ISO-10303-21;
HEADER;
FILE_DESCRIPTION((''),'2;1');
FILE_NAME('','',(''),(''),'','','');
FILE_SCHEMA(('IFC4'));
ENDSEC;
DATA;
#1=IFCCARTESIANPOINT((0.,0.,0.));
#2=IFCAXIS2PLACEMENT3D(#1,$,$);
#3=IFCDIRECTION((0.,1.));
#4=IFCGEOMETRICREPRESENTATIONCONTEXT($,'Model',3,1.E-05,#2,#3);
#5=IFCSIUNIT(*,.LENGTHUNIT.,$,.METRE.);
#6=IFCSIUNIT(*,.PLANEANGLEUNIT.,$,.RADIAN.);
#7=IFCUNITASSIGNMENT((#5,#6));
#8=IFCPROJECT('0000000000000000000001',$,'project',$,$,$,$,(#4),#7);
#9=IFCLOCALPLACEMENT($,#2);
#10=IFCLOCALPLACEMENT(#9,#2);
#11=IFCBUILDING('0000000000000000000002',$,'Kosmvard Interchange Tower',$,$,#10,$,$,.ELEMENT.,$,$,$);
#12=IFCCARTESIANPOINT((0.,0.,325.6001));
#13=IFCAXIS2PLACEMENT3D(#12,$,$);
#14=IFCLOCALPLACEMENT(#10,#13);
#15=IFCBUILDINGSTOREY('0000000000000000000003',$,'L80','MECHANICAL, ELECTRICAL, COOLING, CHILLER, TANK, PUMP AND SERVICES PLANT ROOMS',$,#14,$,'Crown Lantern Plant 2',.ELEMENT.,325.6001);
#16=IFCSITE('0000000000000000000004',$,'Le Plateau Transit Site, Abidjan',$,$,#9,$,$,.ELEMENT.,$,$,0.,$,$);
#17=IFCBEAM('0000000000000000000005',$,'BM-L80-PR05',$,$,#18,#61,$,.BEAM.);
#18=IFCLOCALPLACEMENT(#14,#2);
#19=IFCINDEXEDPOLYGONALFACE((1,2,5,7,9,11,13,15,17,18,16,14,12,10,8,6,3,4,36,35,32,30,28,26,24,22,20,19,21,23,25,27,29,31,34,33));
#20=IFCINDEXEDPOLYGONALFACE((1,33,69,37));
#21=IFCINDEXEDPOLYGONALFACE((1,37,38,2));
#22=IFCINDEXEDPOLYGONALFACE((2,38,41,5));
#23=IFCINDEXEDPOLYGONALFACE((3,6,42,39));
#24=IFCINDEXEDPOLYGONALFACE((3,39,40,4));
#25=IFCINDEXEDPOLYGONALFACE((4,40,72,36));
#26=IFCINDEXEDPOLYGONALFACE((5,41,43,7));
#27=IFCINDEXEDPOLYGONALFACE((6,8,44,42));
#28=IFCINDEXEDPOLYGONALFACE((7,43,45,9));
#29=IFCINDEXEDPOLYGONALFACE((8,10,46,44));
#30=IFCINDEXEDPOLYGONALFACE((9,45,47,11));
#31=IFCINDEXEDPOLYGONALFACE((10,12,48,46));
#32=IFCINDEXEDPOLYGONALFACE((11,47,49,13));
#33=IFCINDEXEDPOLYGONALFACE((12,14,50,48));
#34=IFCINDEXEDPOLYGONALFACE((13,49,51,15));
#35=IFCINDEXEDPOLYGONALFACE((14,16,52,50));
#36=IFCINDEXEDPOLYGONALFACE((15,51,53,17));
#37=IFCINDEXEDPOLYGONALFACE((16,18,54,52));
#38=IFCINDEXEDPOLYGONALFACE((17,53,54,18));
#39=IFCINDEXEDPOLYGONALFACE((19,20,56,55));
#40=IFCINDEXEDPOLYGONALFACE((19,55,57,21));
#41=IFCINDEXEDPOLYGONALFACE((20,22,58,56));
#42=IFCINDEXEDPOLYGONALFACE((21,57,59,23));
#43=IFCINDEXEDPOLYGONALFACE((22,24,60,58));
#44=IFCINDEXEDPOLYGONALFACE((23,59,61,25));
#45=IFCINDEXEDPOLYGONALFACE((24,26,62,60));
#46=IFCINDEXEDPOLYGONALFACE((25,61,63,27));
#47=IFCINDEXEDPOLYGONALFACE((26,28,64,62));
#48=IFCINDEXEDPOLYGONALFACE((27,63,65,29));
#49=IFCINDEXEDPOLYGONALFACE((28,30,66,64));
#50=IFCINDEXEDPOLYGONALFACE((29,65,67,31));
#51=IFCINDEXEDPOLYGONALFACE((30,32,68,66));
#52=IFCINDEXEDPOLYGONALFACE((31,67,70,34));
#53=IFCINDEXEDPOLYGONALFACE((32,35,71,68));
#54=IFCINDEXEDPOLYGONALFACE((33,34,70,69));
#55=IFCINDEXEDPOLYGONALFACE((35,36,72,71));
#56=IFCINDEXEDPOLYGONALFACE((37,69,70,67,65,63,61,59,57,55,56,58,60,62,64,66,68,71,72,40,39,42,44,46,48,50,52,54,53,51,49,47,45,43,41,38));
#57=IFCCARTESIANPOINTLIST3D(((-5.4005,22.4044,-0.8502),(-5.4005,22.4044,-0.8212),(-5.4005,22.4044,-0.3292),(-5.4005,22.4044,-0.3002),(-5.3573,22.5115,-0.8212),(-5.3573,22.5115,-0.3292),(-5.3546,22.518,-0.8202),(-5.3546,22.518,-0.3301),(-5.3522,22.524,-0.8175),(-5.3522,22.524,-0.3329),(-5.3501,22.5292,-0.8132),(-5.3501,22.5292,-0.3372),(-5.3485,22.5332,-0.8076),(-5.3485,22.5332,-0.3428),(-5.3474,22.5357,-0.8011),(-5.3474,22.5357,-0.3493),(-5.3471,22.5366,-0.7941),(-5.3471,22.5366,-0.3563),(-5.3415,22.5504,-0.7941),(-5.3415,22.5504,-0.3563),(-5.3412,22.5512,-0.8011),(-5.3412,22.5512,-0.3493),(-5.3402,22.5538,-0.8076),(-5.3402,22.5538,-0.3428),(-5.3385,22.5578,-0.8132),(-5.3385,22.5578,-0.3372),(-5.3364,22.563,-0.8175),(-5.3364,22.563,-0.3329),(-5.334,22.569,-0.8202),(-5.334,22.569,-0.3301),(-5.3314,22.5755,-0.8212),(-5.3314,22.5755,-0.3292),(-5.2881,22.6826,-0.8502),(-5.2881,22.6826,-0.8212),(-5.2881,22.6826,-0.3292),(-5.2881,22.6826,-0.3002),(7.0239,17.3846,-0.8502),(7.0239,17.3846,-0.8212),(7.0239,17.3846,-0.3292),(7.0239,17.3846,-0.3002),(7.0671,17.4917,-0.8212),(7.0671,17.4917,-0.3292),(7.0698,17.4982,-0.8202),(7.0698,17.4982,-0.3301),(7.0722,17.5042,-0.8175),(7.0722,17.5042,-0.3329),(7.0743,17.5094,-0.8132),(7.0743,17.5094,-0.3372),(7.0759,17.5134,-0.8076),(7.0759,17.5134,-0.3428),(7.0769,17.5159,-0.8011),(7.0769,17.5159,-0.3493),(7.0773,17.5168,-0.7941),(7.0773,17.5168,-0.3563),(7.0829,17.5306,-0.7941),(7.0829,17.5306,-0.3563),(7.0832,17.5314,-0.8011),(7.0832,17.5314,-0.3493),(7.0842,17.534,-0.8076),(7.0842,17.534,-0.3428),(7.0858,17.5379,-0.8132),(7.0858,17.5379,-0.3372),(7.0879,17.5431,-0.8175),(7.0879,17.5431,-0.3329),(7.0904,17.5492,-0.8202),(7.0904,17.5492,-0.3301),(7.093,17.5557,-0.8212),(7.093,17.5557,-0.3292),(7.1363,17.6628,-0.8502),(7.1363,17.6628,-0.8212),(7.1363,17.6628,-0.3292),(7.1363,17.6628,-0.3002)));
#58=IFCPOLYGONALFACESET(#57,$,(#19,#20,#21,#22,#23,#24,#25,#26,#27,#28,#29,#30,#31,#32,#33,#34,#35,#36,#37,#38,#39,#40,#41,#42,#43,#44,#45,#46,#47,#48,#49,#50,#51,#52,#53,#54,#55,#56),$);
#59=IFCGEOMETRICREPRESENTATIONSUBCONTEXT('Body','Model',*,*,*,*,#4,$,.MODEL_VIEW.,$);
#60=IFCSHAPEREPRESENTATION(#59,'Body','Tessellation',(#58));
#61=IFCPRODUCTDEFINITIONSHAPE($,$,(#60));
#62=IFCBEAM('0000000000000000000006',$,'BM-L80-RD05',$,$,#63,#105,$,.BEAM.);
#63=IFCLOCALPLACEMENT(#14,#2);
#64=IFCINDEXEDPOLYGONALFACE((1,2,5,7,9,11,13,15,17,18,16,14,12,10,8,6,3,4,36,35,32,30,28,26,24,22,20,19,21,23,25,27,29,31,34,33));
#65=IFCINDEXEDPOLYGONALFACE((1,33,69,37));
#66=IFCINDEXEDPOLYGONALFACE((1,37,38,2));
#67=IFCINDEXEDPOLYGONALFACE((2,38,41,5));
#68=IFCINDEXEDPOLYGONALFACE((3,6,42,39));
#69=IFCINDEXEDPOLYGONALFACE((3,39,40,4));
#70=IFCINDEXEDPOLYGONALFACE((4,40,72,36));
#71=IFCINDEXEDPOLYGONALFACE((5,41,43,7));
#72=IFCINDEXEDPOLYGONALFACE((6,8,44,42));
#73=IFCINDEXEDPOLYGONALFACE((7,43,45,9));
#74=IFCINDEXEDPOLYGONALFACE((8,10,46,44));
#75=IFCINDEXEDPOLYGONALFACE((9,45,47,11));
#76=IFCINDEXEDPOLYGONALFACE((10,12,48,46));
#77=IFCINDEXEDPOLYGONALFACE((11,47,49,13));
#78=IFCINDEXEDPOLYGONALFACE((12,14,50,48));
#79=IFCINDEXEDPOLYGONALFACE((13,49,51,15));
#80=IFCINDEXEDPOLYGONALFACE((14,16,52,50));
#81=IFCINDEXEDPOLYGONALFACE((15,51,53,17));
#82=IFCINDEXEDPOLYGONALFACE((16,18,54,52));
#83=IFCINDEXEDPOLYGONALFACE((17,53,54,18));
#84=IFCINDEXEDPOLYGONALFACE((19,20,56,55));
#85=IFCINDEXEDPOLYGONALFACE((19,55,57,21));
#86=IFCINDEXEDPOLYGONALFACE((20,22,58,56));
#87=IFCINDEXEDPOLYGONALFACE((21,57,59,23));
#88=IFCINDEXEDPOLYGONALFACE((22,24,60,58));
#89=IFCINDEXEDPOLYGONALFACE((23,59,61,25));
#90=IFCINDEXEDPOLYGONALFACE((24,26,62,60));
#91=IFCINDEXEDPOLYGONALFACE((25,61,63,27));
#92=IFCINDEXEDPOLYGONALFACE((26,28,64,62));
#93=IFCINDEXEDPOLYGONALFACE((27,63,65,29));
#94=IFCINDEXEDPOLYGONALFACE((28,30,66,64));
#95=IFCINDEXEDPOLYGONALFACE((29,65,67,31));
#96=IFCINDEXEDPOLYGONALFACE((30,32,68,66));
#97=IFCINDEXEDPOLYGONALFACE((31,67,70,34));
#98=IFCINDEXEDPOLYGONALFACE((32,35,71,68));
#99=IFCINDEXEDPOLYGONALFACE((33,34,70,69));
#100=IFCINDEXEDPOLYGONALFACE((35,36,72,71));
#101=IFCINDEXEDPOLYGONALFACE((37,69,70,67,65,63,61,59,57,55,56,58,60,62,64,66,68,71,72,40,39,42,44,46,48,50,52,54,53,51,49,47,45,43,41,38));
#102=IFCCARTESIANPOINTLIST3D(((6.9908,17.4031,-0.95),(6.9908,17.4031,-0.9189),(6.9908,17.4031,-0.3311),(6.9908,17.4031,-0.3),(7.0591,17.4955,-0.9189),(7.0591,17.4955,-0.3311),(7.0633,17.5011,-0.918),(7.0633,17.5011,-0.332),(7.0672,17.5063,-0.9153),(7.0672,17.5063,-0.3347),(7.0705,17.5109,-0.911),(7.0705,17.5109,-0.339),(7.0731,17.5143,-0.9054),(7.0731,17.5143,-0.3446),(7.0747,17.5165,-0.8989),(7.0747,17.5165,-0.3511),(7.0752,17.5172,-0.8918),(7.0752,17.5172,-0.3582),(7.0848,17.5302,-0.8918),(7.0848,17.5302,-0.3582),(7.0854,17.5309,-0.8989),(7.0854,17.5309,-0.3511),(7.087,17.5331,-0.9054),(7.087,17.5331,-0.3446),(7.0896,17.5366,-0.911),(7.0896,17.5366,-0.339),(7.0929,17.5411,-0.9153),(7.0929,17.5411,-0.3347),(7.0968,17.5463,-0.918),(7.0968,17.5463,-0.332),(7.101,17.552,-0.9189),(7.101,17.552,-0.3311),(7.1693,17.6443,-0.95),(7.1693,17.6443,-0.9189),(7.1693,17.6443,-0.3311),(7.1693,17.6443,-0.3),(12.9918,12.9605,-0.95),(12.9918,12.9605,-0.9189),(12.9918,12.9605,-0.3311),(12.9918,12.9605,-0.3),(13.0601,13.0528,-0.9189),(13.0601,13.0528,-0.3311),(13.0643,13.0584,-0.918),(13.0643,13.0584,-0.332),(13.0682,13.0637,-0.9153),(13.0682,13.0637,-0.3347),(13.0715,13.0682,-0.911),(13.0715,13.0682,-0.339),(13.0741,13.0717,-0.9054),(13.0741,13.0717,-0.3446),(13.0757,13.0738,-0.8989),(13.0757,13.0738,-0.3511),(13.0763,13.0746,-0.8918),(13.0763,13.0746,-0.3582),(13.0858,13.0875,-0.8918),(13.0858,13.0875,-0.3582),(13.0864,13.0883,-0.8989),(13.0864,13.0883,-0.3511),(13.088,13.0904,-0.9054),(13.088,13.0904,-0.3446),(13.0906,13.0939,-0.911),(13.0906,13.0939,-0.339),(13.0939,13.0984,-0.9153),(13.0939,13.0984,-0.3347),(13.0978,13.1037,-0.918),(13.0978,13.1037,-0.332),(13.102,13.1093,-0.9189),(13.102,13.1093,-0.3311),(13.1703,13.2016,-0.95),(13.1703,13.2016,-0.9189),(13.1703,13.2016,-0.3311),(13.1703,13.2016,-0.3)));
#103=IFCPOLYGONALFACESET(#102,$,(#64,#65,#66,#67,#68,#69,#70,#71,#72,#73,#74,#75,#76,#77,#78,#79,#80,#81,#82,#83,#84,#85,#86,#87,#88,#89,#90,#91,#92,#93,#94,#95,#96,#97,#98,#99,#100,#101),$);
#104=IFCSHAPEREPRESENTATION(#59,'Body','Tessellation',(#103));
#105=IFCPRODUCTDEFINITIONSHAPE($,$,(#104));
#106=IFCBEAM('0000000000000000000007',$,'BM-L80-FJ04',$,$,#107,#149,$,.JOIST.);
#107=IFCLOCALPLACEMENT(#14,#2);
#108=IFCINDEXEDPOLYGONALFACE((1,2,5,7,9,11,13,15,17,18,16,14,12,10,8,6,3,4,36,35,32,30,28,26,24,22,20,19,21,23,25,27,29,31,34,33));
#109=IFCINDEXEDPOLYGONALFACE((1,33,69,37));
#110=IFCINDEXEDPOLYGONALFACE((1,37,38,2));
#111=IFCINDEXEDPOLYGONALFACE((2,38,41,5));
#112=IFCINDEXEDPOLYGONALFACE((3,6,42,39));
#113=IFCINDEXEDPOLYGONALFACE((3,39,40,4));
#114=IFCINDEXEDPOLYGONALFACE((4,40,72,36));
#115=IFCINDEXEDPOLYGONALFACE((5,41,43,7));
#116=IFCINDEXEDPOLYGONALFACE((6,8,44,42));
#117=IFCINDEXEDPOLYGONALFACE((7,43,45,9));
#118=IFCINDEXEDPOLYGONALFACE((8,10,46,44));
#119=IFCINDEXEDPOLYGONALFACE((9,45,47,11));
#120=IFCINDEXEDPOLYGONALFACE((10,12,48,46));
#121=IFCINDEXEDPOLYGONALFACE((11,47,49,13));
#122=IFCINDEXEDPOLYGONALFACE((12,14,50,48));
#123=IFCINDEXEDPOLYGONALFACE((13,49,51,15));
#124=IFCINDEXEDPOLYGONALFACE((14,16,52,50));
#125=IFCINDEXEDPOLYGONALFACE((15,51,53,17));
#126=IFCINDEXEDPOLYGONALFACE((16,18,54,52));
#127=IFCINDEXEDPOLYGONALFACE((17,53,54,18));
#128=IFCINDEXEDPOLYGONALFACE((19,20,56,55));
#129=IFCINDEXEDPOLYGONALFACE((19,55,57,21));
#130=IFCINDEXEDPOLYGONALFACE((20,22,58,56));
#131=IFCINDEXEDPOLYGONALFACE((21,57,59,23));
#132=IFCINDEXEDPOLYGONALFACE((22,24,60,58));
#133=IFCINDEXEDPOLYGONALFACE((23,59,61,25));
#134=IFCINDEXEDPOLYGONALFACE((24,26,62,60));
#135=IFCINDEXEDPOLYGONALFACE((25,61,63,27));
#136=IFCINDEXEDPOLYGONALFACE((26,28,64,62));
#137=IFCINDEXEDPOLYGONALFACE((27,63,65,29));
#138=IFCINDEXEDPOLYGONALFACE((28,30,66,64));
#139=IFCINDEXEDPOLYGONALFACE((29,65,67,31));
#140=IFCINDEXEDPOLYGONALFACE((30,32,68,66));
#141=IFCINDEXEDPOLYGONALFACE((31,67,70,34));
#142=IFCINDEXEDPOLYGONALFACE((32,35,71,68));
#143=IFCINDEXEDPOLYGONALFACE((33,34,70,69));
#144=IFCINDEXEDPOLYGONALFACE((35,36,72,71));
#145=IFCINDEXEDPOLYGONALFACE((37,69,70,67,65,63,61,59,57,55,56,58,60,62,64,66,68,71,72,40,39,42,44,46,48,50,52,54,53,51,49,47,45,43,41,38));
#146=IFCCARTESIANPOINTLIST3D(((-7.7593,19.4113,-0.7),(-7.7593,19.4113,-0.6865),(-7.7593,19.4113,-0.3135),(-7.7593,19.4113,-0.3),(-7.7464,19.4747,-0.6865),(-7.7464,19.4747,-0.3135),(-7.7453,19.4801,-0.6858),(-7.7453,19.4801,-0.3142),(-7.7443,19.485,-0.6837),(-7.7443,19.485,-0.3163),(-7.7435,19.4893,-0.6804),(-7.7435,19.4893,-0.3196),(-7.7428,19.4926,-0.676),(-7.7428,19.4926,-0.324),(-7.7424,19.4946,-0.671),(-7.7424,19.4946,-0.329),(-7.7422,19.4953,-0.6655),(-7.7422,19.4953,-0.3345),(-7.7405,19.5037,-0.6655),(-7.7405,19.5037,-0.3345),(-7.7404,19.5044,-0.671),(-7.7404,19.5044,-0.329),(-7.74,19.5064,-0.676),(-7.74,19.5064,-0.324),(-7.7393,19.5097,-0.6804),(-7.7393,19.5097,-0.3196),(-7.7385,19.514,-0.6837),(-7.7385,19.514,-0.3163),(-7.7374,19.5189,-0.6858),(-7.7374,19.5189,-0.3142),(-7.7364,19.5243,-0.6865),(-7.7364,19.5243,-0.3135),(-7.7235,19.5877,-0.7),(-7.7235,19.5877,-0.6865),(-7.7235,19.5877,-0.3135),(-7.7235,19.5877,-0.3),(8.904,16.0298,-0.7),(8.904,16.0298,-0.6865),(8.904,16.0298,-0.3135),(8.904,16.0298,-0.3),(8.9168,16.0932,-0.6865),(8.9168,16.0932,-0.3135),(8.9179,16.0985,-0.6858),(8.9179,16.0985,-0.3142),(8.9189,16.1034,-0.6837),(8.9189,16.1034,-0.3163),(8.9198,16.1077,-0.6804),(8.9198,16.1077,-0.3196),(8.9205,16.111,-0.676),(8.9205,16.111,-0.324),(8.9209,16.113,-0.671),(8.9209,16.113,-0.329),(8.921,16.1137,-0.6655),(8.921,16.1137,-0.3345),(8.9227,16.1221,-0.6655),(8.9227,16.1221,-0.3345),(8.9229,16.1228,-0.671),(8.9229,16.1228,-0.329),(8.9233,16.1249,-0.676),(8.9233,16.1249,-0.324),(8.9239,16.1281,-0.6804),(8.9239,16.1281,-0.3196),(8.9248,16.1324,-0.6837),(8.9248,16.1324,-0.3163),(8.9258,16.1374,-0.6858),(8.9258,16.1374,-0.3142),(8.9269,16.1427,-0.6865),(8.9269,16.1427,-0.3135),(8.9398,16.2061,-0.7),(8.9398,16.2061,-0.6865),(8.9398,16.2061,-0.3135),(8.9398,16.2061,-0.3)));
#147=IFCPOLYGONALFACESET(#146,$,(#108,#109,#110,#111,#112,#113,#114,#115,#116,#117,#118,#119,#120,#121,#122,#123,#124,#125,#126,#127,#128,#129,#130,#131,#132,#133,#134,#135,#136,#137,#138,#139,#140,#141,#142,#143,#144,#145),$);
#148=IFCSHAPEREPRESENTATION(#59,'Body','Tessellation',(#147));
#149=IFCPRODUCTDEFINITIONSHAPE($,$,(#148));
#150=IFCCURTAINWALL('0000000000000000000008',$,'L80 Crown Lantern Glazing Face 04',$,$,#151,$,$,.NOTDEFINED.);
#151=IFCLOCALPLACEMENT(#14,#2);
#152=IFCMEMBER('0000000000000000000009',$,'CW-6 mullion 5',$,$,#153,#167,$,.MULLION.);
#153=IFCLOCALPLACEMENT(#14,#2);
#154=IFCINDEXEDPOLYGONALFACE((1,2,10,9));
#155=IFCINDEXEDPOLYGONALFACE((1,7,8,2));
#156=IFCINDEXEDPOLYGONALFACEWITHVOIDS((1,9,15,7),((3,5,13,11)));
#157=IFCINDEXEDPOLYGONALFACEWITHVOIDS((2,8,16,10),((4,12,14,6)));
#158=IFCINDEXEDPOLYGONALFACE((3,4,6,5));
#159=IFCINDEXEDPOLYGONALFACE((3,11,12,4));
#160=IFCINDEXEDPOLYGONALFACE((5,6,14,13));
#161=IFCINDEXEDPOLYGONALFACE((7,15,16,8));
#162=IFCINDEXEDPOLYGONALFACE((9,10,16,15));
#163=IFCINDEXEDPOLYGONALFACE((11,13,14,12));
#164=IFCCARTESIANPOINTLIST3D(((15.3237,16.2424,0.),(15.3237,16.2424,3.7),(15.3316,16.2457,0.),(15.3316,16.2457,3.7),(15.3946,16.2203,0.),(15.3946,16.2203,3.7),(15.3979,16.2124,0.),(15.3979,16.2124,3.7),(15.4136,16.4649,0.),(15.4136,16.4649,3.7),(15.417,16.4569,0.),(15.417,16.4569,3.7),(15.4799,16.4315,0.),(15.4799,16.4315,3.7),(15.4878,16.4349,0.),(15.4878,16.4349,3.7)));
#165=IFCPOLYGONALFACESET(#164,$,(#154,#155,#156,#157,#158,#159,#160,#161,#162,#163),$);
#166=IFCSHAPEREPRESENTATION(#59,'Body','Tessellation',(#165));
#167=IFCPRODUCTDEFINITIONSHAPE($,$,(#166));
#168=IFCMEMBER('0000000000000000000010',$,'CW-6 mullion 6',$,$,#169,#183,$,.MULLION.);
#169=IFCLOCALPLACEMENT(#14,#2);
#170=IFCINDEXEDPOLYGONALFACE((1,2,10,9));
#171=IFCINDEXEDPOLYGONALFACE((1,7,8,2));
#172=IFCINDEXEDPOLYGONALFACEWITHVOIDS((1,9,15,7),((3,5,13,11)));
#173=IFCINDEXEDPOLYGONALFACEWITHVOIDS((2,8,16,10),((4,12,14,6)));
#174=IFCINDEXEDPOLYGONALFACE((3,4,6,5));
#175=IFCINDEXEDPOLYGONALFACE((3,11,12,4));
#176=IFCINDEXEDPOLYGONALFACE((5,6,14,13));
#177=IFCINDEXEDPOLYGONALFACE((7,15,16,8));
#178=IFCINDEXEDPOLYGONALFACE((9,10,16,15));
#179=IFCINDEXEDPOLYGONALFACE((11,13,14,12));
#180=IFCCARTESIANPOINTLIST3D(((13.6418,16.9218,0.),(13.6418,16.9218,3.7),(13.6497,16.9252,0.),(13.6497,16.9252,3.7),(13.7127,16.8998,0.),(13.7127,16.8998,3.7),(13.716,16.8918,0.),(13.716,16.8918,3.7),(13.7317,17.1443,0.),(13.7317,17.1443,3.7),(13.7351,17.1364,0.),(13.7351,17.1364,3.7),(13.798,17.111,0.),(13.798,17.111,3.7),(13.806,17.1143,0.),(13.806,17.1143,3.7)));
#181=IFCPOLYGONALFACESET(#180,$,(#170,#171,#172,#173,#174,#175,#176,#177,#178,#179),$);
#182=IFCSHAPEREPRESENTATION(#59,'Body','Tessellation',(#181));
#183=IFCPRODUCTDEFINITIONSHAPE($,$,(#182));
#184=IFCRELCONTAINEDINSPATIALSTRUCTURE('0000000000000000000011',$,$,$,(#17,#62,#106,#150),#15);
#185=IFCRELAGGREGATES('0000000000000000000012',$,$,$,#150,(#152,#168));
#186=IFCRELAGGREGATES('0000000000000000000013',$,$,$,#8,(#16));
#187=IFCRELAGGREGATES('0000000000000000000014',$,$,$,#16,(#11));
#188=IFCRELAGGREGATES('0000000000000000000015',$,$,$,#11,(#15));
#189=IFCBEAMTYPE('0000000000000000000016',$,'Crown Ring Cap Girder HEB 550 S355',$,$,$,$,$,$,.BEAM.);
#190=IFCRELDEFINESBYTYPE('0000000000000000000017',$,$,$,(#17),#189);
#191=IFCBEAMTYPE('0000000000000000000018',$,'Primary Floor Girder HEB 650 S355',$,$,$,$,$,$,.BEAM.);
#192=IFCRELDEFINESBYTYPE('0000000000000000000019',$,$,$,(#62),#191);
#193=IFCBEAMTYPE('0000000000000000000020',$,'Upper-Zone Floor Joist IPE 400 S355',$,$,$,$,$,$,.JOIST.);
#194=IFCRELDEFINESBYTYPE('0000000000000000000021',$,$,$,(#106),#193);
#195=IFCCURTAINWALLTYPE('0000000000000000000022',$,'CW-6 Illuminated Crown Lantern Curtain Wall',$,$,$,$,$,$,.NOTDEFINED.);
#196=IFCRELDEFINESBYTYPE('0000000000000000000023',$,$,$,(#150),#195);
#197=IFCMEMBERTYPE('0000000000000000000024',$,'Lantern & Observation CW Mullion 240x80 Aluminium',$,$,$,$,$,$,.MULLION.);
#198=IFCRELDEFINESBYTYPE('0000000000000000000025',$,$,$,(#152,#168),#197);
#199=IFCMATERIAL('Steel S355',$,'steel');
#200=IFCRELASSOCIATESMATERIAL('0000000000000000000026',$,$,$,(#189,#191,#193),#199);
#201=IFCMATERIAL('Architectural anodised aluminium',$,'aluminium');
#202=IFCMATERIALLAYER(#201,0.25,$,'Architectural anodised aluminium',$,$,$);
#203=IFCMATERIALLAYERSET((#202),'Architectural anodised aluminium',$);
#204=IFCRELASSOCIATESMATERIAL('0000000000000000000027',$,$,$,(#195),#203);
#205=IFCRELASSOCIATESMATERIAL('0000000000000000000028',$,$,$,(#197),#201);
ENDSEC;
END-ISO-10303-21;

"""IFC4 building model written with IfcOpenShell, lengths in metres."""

from ifc_helpers import new_model, si_unit, direction, frame, origin, origin_2d, place, context, subcontext, project, spatial, hollow_rectangle, i_section, extrude, source, transform, mapped, material, layer, layer_set, material_profile, profile_set, type_object, element, aggregate, save


model = new_model("IFC4")

# Units and contexts
model_context = context("Model", 3, precision=1e-05, world=origin(), true_north=direction((0.0, 1.0)))
body_context = subcontext(model_context, "Body", "Model", "MODEL_VIEW")
ifc_project = project(units=[si_unit("LENGTHUNIT", "METRE"), si_unit("PLANEANGLEUNIT", "RADIAN")], contexts=[model_context])

# Site, building, storey
site_placement = place(None, origin())
site = spatial("IfcSite", under=ifc_project, at=site_placement, Name="Le Plateau Transit Site, Abidjan", CompositionType="ELEMENT", RefElevation=0.0)
building_placement = place(site_placement, origin())
building = spatial("IfcBuilding", under=site, at=building_placement, Name="Kosmvard Interchange Tower", CompositionType="ELEMENT")
storey_placement = place(building_placement, frame((0.0, 0.0, 325.6001)))
storey = spatial("IfcBuildingStorey", under=building, at=storey_placement, Name="L80", Description="MECHANICAL, ELECTRICAL, COOLING, CHILLER, TANK, PUMP AND SERVICES PLANT ROOMS", LongName="Crown Lantern Plant 2", CompositionType="ELEMENT", Elevation=325.6001)

# Shared definitions
ifc_material_1 = material(Name="Steel S355", Category="steel")

# Beams
ifc_material_profile_1 = material_profile(ifc_material_1, i_section(OverallWidth=0.3, OverallDepth=0.55, WebThickness=0.0149, FlangeThickness=0.0291, FilletRadius=0.0271, at=origin_2d()), Name="HEB 550")
ifc_profile_set_1 = profile_set([ifc_material_profile_1], Name="Steel S355")
beam_type_1 = type_object("IfcBeamType", Name="Crown Ring Cap Girder HEB 550 S355", PredefinedType="BEAM", material=ifc_profile_set_1)
shared_shape_1 = source(origin(), body_context, "Body", "SweptSolid", [
    extrude(i_section(OverallWidth=0.3, OverallDepth=0.55, WebThickness=0.0149, FlangeThickness=0.0291, FilletRadius=0.0271, at=origin_2d()), origin(), (0.0, 0.0, 1.0), 13.4001),
])
beam_1_placement = place(storey_placement, frame((7.0801, 17.5237, -0.5752), z_axis=(-0.927183, 0.374608, 0.0), x_axis=(-0.374608, -0.927183, 0.0)))
element("IfcBeam", 1, at=beam_1_placement, inside=storey, type_object=beam_type_1, Name="BM-L80-PR05", PredefinedType="BEAM", context=body_context, shape_type="MappedRepresentation", body=[
    mapped(shared_shape_1, transform((0.0, 0.0, 0.0), scale=1.0)),
])
ifc_material_profile_2 = material_profile(ifc_material_1, i_section(OverallWidth=0.3, OverallDepth=0.6499, WebThickness=0.0161, FlangeThickness=0.031, FilletRadius=0.0271, at=origin_2d()), Name="HEB 650")
ifc_profile_set_2 = profile_set([ifc_material_profile_2], Name="Steel S355")
beam_type_2 = type_object("IfcBeamType", Name="Primary Floor Girder HEB 650 S355", PredefinedType="BEAM", material=ifc_profile_set_2)
shared_shape_2 = source(origin(), body_context, "Body", "SweptSolid", [
    extrude(i_section(OverallWidth=0.3, OverallDepth=0.6499, WebThickness=0.0161, FlangeThickness=0.031, FilletRadius=0.0271, at=origin_2d()), origin(), (0.0, 0.0, 1.0), 7.4666),
])
beam_2_placement = place(storey_placement, frame((13.0811, 13.0811, -0.625), z_axis=(-0.80372, 0.595008, 0.0), x_axis=(-0.595008, -0.80372, 0.0)))
element("IfcBeam", 2, at=beam_2_placement, inside=storey, type_object=beam_type_2, Name="BM-L80-RD05", PredefinedType="BEAM", context=body_context, shape_type="MappedRepresentation", body=[
    mapped(shared_shape_2, transform((0.0, 0.0, 0.0), scale=1.0)),
])
ifc_material_profile_3 = material_profile(ifc_material_1, i_section(OverallWidth=0.1799, OverallDepth=0.3999, WebThickness=0.0085, FlangeThickness=0.0134, FilletRadius=0.021, at=origin_2d()), Name="IPE 400")
ifc_profile_set_3 = profile_set([ifc_material_profile_3], Name="Steel S355")
beam_type_3 = type_object("IfcBeamType", Name="Upper-Zone Floor Joist IPE 400 S355", PredefinedType="JOIST", material=ifc_profile_set_3)
shared_shape_3 = source(origin(), body_context, "Body", "SweptSolid", [
    extrude(i_section(OverallWidth=0.1799, OverallDepth=0.3999, WebThickness=0.0085, FlangeThickness=0.0134, FilletRadius=0.021, at=origin_2d()), origin(), (0.0, 0.0, 1.0), 17.0029),
])
beam_3_placement = place(storey_placement, frame((8.9219, 16.1179, -0.5), z_axis=(-0.980023, 0.198882, 0.0), x_axis=(-0.198882, -0.980023, 0.0)))
element("IfcBeam", 3, at=beam_3_placement, inside=storey, type_object=beam_type_3, Name="BM-L80-FJ04", PredefinedType="JOIST", context=body_context, shape_type="MappedRepresentation", body=[
    mapped(shared_shape_3, transform((0.0, 0.0, 0.0), scale=1.0)),
])

# Curtain wall, members
ifc_material_2 = material(Name="Architectural anodised aluminium", Category="aluminium")
ifc_layer_1 = layer(ifc_material_2, 0.25, Name="Architectural anodised aluminium")
ifc_layer_set_1 = layer_set([ifc_layer_1], Name="Architectural anodised aluminium")
curtain_wall_type = type_object("IfcCurtainWallType", Name="CW-6 Illuminated Crown Lantern Curtain Wall", PredefinedType="NOTDEFINED", material=ifc_layer_set_1)
curtain_wall_placement = place(storey_placement, origin())
curtain_wall = element("IfcCurtainWall", 4, at=curtain_wall_placement, inside=storey, type_object=curtain_wall_type, Name="L80 Crown Lantern Glazing Face 04", PredefinedType="NOTDEFINED")
ifc_material_profile_4 = material_profile(ifc_material_2, hollow_rectangle(XDim=0.24, YDim=0.0801, WallThickness=0.0061, at=origin_2d()), Name="CWM 240x80x6")
ifc_profile_set_4 = profile_set([ifc_material_profile_4], Name="Architectural anodised aluminium")
member_type_1 = type_object("IfcMemberType", Name="Lantern & Observation CW Mullion 240x80 Aluminium", PredefinedType="MULLION", material=ifc_profile_set_4)
shared_shape_4 = source(origin(), body_context, "Body", "SweptSolid", [
    extrude(hollow_rectangle(XDim=0.24, YDim=0.0801, WallThickness=0.0061, at=origin_2d()), origin(), (0.0, 0.0, 1.0), 3.7),
])
member_1_placement = place(storey_placement, frame((15.4058, 16.3386, 0.0), z_axis=(0.0, 0.0, 1.0), x_axis=(-0.374607, -0.927184, 0.0)))
member_1 = element("IfcMember", 5, at=member_1_placement, type_object=member_type_1, Name="CW-6 mullion 5", PredefinedType="MULLION", context=body_context, shape_type="MappedRepresentation", body=[
    mapped(shared_shape_4, transform((0.0, 0.0, 0.0), scale=1.0)),
])
member_2_placement = place(storey_placement, frame((13.7239, 17.0181, 0.0), z_axis=(0.0, 0.0, 1.0), x_axis=(-0.374607, -0.927184, 0.0)))
member_2 = element("IfcMember", 6, at=member_2_placement, type_object=member_type_1, Name="CW-6 mullion 6", PredefinedType="MULLION", context=body_context, shape_type="MappedRepresentation", body=[
    mapped(shared_shape_4, transform((0.0, 0.0, 0.0), scale=1.0)),
])

aggregate(curtain_wall, [member_1, member_2])

save(model, "model.ifc")
